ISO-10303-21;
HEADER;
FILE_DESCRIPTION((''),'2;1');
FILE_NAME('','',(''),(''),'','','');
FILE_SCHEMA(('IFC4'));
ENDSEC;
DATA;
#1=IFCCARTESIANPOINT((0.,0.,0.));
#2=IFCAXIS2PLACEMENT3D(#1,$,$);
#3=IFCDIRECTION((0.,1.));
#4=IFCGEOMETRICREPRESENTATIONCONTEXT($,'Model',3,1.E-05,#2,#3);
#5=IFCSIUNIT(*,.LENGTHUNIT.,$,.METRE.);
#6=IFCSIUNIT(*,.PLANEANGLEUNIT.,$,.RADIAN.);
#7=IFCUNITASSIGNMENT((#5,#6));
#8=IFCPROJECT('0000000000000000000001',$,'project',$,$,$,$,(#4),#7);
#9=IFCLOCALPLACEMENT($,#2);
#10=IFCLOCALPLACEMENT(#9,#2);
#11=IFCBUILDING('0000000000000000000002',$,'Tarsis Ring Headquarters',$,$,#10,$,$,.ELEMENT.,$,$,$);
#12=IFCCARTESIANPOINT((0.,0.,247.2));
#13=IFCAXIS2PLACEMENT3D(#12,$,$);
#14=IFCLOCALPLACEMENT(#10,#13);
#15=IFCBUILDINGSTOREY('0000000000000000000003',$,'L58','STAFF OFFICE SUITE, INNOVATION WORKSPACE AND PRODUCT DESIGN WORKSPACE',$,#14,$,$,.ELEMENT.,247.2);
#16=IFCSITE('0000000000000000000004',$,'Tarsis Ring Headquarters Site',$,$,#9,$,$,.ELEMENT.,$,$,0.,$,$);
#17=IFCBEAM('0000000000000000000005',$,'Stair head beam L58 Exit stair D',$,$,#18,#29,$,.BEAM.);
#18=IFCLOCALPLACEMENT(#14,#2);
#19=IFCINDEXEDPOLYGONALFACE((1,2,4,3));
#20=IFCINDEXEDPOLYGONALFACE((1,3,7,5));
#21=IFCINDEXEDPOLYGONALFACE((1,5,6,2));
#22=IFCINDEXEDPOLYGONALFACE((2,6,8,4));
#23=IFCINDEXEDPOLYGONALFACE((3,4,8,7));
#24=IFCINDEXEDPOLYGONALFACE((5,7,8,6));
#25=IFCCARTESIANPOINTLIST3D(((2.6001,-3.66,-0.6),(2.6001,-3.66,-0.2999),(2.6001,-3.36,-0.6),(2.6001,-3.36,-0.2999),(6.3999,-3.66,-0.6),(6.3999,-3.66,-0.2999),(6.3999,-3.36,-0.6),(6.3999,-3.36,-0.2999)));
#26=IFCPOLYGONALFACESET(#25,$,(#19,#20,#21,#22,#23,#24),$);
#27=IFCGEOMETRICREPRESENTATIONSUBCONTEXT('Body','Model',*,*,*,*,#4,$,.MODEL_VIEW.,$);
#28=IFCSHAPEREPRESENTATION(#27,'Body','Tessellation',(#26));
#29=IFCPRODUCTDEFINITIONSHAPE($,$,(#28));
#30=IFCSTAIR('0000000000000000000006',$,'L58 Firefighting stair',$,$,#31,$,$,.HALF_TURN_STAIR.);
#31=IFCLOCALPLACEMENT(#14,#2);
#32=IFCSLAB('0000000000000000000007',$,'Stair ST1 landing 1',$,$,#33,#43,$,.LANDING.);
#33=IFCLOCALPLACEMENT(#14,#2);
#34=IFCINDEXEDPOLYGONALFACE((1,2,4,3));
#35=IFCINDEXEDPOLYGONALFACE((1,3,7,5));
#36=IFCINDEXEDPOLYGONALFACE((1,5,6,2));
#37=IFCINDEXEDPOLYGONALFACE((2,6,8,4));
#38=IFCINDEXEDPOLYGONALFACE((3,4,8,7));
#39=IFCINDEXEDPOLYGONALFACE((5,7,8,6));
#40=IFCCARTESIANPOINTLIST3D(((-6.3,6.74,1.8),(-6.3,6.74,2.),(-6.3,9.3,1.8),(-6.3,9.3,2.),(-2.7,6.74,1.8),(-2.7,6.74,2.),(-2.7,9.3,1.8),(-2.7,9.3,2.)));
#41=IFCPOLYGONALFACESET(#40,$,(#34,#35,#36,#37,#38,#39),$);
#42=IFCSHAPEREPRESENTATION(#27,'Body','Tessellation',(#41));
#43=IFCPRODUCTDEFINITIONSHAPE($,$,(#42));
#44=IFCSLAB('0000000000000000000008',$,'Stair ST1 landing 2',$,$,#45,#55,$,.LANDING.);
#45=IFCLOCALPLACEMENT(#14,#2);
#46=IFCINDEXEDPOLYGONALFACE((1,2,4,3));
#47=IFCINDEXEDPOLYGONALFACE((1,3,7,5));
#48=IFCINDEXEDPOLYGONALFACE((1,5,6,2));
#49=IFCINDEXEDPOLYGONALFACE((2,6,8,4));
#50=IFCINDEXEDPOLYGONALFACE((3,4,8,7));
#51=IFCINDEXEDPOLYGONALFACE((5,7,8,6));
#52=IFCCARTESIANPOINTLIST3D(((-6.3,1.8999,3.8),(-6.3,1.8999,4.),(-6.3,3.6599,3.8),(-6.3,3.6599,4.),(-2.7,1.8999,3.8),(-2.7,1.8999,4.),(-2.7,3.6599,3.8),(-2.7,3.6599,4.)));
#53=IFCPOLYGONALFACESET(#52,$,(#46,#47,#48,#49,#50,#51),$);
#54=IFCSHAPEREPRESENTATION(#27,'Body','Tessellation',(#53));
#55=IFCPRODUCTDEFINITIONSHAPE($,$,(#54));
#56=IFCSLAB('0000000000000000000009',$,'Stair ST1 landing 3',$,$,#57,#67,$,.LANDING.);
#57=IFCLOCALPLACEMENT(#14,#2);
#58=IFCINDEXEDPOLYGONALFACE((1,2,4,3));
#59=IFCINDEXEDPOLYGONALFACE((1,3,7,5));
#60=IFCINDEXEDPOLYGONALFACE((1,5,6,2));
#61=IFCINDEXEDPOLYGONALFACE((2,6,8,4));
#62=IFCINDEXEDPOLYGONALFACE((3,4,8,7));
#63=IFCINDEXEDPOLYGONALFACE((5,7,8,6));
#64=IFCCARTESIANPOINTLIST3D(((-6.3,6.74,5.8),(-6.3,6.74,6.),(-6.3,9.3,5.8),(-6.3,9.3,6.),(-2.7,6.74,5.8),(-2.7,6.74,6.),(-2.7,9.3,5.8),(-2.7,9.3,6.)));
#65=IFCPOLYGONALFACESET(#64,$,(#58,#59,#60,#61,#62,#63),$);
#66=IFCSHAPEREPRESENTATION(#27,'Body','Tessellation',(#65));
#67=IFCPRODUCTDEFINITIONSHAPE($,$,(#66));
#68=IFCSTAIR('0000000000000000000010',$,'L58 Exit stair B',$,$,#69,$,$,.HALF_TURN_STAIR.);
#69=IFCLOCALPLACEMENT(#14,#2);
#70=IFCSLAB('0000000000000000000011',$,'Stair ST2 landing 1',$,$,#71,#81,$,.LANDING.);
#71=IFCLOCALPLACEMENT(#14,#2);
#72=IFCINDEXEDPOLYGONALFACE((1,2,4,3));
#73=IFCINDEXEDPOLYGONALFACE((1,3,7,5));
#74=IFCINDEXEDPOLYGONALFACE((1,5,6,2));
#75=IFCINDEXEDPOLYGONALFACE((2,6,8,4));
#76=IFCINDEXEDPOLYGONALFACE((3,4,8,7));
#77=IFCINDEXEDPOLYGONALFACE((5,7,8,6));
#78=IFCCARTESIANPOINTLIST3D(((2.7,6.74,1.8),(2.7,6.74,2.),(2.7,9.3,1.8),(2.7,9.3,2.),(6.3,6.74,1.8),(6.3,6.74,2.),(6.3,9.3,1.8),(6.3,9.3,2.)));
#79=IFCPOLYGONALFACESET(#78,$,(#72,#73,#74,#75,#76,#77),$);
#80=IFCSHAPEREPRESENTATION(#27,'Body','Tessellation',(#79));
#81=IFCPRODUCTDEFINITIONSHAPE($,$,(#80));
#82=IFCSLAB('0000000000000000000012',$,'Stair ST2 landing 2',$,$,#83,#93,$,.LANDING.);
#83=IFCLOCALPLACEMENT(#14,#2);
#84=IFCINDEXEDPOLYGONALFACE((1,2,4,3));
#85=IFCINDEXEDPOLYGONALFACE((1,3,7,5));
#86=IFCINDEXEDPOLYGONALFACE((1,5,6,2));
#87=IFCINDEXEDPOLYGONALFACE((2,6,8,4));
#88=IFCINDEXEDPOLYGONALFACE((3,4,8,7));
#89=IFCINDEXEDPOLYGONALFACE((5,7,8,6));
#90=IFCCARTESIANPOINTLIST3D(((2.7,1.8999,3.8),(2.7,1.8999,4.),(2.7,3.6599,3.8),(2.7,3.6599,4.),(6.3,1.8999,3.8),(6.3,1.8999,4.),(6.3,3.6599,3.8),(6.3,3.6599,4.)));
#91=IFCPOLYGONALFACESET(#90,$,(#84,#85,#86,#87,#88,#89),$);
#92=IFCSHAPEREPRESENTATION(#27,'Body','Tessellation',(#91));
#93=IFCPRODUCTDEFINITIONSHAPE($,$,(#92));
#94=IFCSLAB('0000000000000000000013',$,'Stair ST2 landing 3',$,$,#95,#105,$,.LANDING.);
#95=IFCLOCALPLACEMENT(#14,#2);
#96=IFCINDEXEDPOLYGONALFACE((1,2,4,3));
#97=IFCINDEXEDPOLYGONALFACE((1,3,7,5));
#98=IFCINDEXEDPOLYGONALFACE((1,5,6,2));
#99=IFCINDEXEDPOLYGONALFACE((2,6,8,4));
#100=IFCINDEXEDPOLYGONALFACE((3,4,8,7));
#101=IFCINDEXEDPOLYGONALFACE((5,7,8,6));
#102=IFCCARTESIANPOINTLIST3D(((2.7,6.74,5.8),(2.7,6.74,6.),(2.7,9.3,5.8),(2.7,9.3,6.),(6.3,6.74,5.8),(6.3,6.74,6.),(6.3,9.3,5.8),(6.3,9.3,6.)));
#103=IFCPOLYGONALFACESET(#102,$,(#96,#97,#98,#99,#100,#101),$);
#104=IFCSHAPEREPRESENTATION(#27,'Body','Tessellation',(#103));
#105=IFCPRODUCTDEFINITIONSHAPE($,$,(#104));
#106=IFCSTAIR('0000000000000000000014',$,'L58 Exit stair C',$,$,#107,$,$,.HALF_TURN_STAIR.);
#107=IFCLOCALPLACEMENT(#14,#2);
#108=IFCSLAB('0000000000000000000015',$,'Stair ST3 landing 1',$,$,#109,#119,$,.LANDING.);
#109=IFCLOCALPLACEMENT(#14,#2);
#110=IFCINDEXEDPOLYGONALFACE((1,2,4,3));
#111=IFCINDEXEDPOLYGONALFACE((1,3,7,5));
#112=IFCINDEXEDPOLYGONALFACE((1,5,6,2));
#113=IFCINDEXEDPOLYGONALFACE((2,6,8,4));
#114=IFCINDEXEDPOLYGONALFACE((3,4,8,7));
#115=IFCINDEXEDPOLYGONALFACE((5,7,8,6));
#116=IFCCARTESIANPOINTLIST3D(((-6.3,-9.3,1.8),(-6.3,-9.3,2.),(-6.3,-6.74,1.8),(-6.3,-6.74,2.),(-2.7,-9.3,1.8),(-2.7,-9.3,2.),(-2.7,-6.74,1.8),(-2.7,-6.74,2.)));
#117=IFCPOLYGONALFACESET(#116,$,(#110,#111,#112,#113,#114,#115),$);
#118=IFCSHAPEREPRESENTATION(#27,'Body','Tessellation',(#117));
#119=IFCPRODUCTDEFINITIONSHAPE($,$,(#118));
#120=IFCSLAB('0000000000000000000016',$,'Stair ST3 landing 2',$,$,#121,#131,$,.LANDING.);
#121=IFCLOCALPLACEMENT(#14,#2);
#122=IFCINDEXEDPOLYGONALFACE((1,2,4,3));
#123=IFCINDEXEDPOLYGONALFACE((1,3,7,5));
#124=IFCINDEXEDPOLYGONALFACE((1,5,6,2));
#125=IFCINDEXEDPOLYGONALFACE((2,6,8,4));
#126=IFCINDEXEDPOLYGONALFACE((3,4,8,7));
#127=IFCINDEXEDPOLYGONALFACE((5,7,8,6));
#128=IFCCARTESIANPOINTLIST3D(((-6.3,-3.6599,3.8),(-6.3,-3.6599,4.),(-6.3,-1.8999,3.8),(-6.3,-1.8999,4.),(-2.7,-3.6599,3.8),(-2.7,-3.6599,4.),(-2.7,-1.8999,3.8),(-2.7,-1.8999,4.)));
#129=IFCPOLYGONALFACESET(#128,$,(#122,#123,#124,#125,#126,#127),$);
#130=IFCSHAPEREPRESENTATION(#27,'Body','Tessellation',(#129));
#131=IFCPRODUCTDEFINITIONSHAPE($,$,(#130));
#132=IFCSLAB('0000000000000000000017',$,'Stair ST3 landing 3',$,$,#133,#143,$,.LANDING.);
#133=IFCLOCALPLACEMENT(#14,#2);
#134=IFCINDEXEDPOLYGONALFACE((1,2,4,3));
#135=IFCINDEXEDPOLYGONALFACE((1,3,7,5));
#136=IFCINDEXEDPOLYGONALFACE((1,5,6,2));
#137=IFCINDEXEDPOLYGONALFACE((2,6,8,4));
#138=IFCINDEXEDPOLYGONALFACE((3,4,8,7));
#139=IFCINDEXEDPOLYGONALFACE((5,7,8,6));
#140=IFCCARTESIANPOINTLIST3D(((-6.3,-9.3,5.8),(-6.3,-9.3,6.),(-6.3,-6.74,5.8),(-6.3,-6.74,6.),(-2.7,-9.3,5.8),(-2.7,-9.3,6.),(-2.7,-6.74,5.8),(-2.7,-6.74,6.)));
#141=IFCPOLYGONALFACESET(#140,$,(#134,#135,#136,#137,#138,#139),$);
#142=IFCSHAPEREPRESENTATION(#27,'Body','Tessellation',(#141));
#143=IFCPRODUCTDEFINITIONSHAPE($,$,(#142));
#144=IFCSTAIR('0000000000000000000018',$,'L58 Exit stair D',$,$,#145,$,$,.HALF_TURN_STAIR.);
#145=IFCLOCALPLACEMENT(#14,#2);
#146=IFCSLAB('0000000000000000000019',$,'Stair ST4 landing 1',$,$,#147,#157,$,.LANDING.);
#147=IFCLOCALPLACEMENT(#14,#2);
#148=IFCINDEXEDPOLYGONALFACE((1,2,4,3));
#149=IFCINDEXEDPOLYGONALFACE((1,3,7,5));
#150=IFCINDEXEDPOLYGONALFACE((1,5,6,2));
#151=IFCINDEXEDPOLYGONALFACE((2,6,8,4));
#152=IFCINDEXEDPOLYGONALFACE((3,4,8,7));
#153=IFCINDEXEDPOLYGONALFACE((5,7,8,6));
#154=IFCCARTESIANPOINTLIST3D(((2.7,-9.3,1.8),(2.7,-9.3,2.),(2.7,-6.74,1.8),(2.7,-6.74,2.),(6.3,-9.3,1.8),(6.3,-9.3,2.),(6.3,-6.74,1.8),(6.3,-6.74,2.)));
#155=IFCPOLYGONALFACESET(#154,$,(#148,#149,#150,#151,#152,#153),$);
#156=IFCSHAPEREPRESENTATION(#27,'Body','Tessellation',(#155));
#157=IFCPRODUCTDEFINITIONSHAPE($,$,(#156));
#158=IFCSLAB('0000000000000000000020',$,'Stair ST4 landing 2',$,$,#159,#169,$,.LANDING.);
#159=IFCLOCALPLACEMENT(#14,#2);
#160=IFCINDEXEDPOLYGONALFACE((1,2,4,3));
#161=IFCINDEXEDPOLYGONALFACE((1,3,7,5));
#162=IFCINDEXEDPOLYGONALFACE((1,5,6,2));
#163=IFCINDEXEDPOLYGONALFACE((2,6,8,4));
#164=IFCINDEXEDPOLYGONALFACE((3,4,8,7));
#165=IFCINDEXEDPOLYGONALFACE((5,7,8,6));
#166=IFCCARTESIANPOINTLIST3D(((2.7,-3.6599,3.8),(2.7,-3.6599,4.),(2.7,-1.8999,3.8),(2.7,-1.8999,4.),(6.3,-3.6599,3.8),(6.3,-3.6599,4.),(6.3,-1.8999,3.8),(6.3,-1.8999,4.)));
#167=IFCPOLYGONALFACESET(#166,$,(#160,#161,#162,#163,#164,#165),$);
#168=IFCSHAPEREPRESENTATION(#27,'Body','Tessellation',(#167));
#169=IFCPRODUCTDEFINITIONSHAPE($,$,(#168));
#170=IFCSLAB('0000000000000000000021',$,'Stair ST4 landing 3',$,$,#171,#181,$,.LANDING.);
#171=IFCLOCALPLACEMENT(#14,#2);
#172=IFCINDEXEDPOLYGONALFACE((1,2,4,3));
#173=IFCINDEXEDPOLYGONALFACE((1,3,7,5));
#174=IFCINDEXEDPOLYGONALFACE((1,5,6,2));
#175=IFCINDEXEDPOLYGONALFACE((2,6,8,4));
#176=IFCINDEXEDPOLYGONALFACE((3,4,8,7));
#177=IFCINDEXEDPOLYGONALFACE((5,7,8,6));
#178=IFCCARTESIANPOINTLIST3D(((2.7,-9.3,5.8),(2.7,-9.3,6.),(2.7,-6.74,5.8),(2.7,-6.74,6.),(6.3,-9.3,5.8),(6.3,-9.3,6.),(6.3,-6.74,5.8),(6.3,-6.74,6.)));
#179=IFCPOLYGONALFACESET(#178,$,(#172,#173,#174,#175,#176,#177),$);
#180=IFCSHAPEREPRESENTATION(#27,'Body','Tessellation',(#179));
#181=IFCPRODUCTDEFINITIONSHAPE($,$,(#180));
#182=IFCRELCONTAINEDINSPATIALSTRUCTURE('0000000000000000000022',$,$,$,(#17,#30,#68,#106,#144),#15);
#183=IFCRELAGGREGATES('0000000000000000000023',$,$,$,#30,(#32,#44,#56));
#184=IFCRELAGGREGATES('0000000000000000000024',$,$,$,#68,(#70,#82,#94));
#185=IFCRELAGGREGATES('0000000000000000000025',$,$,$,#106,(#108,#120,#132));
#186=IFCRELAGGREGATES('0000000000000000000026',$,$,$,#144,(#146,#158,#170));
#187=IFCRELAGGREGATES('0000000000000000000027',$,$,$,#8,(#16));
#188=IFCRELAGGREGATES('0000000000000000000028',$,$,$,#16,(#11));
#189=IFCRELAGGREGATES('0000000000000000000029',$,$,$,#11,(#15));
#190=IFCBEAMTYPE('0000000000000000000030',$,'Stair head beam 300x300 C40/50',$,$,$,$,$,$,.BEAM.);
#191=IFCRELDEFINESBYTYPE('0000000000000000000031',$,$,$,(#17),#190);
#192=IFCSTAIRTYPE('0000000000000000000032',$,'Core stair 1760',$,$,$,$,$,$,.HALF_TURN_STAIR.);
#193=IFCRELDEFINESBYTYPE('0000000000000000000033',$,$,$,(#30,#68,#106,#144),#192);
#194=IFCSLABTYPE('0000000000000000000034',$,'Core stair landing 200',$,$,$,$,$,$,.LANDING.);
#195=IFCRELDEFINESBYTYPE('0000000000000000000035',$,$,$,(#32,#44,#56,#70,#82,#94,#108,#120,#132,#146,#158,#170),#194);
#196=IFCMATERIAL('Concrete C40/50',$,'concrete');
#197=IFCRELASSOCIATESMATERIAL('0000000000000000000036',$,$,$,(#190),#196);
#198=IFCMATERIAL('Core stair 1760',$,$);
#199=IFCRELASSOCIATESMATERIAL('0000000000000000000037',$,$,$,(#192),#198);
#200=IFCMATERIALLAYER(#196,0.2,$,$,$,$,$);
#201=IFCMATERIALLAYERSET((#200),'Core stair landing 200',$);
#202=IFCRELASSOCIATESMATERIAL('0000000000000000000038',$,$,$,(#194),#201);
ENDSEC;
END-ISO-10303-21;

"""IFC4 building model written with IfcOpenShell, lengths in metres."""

from ifc_helpers import new_model, si_unit, direction, frame, origin, origin_2d, place, context, subcontext, project, spatial, polyline, rectangle, outline, extrude, material, layer, layer_set, material_profile, profile_set, type_object, element, aggregate, save


model = new_model("IFC4")

# Units and contexts
model_context = context("Model", 3, precision=1e-05, world=origin(), true_north=direction((0.0, 1.0)))
body_context = subcontext(model_context, "Body", "Model", "MODEL_VIEW")
ifc_project = project(units=[si_unit("LENGTHUNIT", "METRE"), si_unit("PLANEANGLEUNIT", "RADIAN")], contexts=[model_context])

# Site, building, storey
site_placement = place(None, origin())
site = spatial("IfcSite", under=ifc_project, at=site_placement, Name="Tarsis Ring Headquarters Site", CompositionType="ELEMENT", RefElevation=0.0)
building_placement = place(site_placement, origin())
building = spatial("IfcBuilding", under=site, at=building_placement, Name="Tarsis Ring Headquarters", CompositionType="ELEMENT")
storey_placement = place(building_placement, frame((0.0, 0.0, 247.2)))
storey = spatial("IfcBuildingStorey", under=building, at=storey_placement, Name="L58", Description="STAFF OFFICE SUITE, INNOVATION WORKSPACE AND PRODUCT DESIGN WORKSPACE", CompositionType="ELEMENT", Elevation=247.2)

# Beam
ifc_material_1 = material(Name="Concrete C40/50", Category="concrete")
ifc_material_profile = material_profile(ifc_material_1, rectangle(XDim=0.3, YDim=0.3, at=origin_2d()), Name="Stair head beam 300x300 C40/50")
ifc_profile_set = profile_set([ifc_material_profile], Name="Concrete C40/50")
beam_type = type_object("IfcBeamType", Name="Stair head beam 300x300 C40/50", PredefinedType="BEAM", material=ifc_profile_set)
beam_placement = place(storey_placement, frame((2.6001, -3.51, -0.45), z_axis=(1.0, 0.0, 0.0), x_axis=(0.0, 1.0, 0.0)))
element("IfcBeam", 1, at=beam_placement, inside=storey, type_object=beam_type, Name="Stair head beam L58 Exit stair D", PredefinedType="BEAM", context=body_context, shape_type="SweptSolid", body=[
    extrude(rectangle(XDim=0.3, YDim=0.3, at=origin_2d()), origin(), (0.0, 0.0, 1.0), 3.7998),
])

# Stairs, slabs
ifc_material_2 = material(Name="Core stair 1760")
stair_type = type_object("IfcStairType", Name="Core stair 1760", PredefinedType="HALF_TURN_STAIR", material=ifc_material_2)
stair_1_placement = place(storey_placement, origin())
stair_1 = element("IfcStair", 2, at=stair_1_placement, inside=storey, type_object=stair_type, Name="L58 Firefighting stair", PredefinedType="HALF_TURN_STAIR")
ifc_layer_1 = layer(ifc_material_1, 0.2)
ifc_layer_set_1 = layer_set([ifc_layer_1], Name="Core stair landing 200")
slab_type_1 = type_object("IfcSlabType", Name="Core stair landing 200", PredefinedType="LANDING", material=ifc_layer_set_1)
slab_1_placement = place(storey_placement, frame((0.0, 0.0, 1.8)))
slab_1 = element("IfcSlab", 3, at=slab_1_placement, type_object=slab_type_1, Name="Stair ST1 landing 1", PredefinedType="LANDING", context=body_context, shape_type="SweptSolid", body=[
    extrude(outline(polyline([(-2.7, 6.74), (-2.7, 9.3), (-6.3, 9.3), (-6.3, 6.74), (-2.7, 6.74)])), origin(), (0.0, 0.0, 1.0), 0.2),
])
slab_2_placement = place(storey_placement, frame((0.0, 0.0, 3.8)))
slab_2 = element("IfcSlab", 4, at=slab_2_placement, type_object=slab_type_1, Name="Stair ST1 landing 2", PredefinedType="LANDING", context=body_context, shape_type="SweptSolid", body=[
    extrude(outline(polyline([(-2.7, 1.8999), (-2.7, 3.6599), (-6.3, 3.6599), (-6.3, 1.8999), (-2.7, 1.8999)])), origin(), (0.0, 0.0, 1.0), 0.2),
])
slab_3_placement = place(storey_placement, frame((0.0, 0.0, 5.8)))
slab_3 = element("IfcSlab", 5, at=slab_3_placement, type_object=slab_type_1, Name="Stair ST1 landing 3", PredefinedType="LANDING", context=body_context, shape_type="SweptSolid", body=[
    extrude(outline(polyline([(-2.7, 6.74), (-2.7, 9.3), (-6.3, 9.3), (-6.3, 6.74), (-2.7, 6.74)])), origin(), (0.0, 0.0, 1.0), 0.2),
])
aggregate(stair_1, [slab_1, slab_2, slab_3])
stair_2_placement = place(storey_placement, origin())
stair_2 = element("IfcStair", 6, at=stair_2_placement, inside=storey, type_object=stair_type, Name="L58 Exit stair B", PredefinedType="HALF_TURN_STAIR")
slab_4_placement = place(storey_placement, frame((0.0, 0.0, 1.8)))
slab_4 = element("IfcSlab", 7, at=slab_4_placement, type_object=slab_type_1, Name="Stair ST2 landing 1", PredefinedType="LANDING", context=body_context, shape_type="SweptSolid", body=[
    extrude(outline(polyline([(6.3, 6.74), (6.3, 9.3), (2.7, 9.3), (2.7, 6.74), (6.3, 6.74)])), origin(), (0.0, 0.0, 1.0), 0.2),
])
slab_5_placement = place(storey_placement, frame((0.0, 0.0, 3.8)))
slab_5 = element("IfcSlab", 8, at=slab_5_placement, type_object=slab_type_1, Name="Stair ST2 landing 2", PredefinedType="LANDING", context=body_context, shape_type="SweptSolid", body=[
    extrude(outline(polyline([(6.3, 1.8999), (6.3, 3.6599), (2.7, 3.6599), (2.7, 1.8999), (6.3, 1.8999)])), origin(), (0.0, 0.0, 1.0), 0.2),
])
slab_6_placement = place(storey_placement, frame((0.0, 0.0, 5.8)))
slab_6 = element("IfcSlab", 9, at=slab_6_placement, type_object=slab_type_1, Name="Stair ST2 landing 3", PredefinedType="LANDING", context=body_context, shape_type="SweptSolid", body=[
    extrude(outline(polyline([(6.3, 6.74), (6.3, 9.3), (2.7, 9.3), (2.7, 6.74), (6.3, 6.74)])), origin(), (0.0, 0.0, 1.0), 0.2),
])
aggregate(stair_2, [slab_4, slab_5, slab_6])
stair_3_placement = place(storey_placement, origin())
stair_3 = element("IfcStair", 10, at=stair_3_placement, inside=storey, type_object=stair_type, Name="L58 Exit stair C", PredefinedType="HALF_TURN_STAIR")
slab_7_placement = place(storey_placement, frame((0.0, 0.0, 1.8)))
slab_7 = element("IfcSlab", 11, at=slab_7_placement, type_object=slab_type_1, Name="Stair ST3 landing 1", PredefinedType="LANDING", context=body_context, shape_type="SweptSolid", body=[
    extrude(outline(polyline([(-6.3, -6.74), (-6.3, -9.3), (-2.7, -9.3), (-2.7, -6.74), (-6.3, -6.74)])), origin(), (0.0, 0.0, 1.0), 0.2),
])
slab_8_placement = place(storey_placement, frame((0.0, 0.0, 3.8)))
slab_8 = element("IfcSlab", 12, at=slab_8_placement, type_object=slab_type_1, Name="Stair ST3 landing 2", PredefinedType="LANDING", context=body_context, shape_type="SweptSolid", body=[
    extrude(outline(polyline([(-6.3, -1.8999), (-6.3, -3.6599), (-2.7, -3.6599), (-2.7, -1.8999), (-6.3, -1.8999)])), origin(), (0.0, 0.0, 1.0), 0.2),
])
slab_9_placement = place(storey_placement, frame((0.0, 0.0, 5.8)))
slab_9 = element("IfcSlab", 13, at=slab_9_placement, type_object=slab_type_1, Name="Stair ST3 landing 3", PredefinedType="LANDING", context=body_context, shape_type="SweptSolid", body=[
    extrude(outline(polyline([(-6.3, -6.74), (-6.3, -9.3), (-2.7, -9.3), (-2.7, -6.74), (-6.3, -6.74)])), origin(), (0.0, 0.0, 1.0), 0.2),
])
aggregate(stair_3, [slab_7, slab_8, slab_9])
stair_4_placement = place(storey_placement, origin())
stair_4 = element("IfcStair", 14, at=stair_4_placement, inside=storey, type_object=stair_type, Name="L58 Exit stair D", PredefinedType="HALF_TURN_STAIR")
slab_10_placement = place(storey_placement, frame((0.0, 0.0, 1.8)))
slab_10 = element("IfcSlab", 15, at=slab_10_placement, type_object=slab_type_1, Name="Stair ST4 landing 1", PredefinedType="LANDING", context=body_context, shape_type="SweptSolid", body=[
    extrude(outline(polyline([(2.7, -6.74), (2.7, -9.3), (6.3, -9.3), (6.3, -6.74), (2.7, -6.74)])), origin(), (0.0, 0.0, 1.0), 0.2),
])
slab_11_placement = place(storey_placement, frame((0.0, 0.0, 3.8)))
slab_11 = element("IfcSlab", 16, at=slab_11_placement, type_object=slab_type_1, Name="Stair ST4 landing 2", PredefinedType="LANDING", context=body_context, shape_type="SweptSolid", body=[
    extrude(outline(polyline([(2.7, -1.8999), (2.7, -3.6599), (6.3, -3.6599), (6.3, -1.8999), (2.7, -1.8999)])), origin(), (0.0, 0.0, 1.0), 0.2),
])
slab_12_placement = place(storey_placement, frame((0.0, 0.0, 5.8)))
slab_12 = element("IfcSlab", 17, at=slab_12_placement, type_object=slab_type_1, Name="Stair ST4 landing 3", PredefinedType="LANDING", context=body_context, shape_type="SweptSolid", body=[
    extrude(outline(polyline([(2.7, -6.74), (2.7, -9.3), (6.3, -9.3), (6.3, -6.74), (2.7, -6.74)])), origin(), (0.0, 0.0, 1.0), 0.2),
])
aggregate(stair_4, [slab_10, slab_11, slab_12])

save(model, "model.ifc")
